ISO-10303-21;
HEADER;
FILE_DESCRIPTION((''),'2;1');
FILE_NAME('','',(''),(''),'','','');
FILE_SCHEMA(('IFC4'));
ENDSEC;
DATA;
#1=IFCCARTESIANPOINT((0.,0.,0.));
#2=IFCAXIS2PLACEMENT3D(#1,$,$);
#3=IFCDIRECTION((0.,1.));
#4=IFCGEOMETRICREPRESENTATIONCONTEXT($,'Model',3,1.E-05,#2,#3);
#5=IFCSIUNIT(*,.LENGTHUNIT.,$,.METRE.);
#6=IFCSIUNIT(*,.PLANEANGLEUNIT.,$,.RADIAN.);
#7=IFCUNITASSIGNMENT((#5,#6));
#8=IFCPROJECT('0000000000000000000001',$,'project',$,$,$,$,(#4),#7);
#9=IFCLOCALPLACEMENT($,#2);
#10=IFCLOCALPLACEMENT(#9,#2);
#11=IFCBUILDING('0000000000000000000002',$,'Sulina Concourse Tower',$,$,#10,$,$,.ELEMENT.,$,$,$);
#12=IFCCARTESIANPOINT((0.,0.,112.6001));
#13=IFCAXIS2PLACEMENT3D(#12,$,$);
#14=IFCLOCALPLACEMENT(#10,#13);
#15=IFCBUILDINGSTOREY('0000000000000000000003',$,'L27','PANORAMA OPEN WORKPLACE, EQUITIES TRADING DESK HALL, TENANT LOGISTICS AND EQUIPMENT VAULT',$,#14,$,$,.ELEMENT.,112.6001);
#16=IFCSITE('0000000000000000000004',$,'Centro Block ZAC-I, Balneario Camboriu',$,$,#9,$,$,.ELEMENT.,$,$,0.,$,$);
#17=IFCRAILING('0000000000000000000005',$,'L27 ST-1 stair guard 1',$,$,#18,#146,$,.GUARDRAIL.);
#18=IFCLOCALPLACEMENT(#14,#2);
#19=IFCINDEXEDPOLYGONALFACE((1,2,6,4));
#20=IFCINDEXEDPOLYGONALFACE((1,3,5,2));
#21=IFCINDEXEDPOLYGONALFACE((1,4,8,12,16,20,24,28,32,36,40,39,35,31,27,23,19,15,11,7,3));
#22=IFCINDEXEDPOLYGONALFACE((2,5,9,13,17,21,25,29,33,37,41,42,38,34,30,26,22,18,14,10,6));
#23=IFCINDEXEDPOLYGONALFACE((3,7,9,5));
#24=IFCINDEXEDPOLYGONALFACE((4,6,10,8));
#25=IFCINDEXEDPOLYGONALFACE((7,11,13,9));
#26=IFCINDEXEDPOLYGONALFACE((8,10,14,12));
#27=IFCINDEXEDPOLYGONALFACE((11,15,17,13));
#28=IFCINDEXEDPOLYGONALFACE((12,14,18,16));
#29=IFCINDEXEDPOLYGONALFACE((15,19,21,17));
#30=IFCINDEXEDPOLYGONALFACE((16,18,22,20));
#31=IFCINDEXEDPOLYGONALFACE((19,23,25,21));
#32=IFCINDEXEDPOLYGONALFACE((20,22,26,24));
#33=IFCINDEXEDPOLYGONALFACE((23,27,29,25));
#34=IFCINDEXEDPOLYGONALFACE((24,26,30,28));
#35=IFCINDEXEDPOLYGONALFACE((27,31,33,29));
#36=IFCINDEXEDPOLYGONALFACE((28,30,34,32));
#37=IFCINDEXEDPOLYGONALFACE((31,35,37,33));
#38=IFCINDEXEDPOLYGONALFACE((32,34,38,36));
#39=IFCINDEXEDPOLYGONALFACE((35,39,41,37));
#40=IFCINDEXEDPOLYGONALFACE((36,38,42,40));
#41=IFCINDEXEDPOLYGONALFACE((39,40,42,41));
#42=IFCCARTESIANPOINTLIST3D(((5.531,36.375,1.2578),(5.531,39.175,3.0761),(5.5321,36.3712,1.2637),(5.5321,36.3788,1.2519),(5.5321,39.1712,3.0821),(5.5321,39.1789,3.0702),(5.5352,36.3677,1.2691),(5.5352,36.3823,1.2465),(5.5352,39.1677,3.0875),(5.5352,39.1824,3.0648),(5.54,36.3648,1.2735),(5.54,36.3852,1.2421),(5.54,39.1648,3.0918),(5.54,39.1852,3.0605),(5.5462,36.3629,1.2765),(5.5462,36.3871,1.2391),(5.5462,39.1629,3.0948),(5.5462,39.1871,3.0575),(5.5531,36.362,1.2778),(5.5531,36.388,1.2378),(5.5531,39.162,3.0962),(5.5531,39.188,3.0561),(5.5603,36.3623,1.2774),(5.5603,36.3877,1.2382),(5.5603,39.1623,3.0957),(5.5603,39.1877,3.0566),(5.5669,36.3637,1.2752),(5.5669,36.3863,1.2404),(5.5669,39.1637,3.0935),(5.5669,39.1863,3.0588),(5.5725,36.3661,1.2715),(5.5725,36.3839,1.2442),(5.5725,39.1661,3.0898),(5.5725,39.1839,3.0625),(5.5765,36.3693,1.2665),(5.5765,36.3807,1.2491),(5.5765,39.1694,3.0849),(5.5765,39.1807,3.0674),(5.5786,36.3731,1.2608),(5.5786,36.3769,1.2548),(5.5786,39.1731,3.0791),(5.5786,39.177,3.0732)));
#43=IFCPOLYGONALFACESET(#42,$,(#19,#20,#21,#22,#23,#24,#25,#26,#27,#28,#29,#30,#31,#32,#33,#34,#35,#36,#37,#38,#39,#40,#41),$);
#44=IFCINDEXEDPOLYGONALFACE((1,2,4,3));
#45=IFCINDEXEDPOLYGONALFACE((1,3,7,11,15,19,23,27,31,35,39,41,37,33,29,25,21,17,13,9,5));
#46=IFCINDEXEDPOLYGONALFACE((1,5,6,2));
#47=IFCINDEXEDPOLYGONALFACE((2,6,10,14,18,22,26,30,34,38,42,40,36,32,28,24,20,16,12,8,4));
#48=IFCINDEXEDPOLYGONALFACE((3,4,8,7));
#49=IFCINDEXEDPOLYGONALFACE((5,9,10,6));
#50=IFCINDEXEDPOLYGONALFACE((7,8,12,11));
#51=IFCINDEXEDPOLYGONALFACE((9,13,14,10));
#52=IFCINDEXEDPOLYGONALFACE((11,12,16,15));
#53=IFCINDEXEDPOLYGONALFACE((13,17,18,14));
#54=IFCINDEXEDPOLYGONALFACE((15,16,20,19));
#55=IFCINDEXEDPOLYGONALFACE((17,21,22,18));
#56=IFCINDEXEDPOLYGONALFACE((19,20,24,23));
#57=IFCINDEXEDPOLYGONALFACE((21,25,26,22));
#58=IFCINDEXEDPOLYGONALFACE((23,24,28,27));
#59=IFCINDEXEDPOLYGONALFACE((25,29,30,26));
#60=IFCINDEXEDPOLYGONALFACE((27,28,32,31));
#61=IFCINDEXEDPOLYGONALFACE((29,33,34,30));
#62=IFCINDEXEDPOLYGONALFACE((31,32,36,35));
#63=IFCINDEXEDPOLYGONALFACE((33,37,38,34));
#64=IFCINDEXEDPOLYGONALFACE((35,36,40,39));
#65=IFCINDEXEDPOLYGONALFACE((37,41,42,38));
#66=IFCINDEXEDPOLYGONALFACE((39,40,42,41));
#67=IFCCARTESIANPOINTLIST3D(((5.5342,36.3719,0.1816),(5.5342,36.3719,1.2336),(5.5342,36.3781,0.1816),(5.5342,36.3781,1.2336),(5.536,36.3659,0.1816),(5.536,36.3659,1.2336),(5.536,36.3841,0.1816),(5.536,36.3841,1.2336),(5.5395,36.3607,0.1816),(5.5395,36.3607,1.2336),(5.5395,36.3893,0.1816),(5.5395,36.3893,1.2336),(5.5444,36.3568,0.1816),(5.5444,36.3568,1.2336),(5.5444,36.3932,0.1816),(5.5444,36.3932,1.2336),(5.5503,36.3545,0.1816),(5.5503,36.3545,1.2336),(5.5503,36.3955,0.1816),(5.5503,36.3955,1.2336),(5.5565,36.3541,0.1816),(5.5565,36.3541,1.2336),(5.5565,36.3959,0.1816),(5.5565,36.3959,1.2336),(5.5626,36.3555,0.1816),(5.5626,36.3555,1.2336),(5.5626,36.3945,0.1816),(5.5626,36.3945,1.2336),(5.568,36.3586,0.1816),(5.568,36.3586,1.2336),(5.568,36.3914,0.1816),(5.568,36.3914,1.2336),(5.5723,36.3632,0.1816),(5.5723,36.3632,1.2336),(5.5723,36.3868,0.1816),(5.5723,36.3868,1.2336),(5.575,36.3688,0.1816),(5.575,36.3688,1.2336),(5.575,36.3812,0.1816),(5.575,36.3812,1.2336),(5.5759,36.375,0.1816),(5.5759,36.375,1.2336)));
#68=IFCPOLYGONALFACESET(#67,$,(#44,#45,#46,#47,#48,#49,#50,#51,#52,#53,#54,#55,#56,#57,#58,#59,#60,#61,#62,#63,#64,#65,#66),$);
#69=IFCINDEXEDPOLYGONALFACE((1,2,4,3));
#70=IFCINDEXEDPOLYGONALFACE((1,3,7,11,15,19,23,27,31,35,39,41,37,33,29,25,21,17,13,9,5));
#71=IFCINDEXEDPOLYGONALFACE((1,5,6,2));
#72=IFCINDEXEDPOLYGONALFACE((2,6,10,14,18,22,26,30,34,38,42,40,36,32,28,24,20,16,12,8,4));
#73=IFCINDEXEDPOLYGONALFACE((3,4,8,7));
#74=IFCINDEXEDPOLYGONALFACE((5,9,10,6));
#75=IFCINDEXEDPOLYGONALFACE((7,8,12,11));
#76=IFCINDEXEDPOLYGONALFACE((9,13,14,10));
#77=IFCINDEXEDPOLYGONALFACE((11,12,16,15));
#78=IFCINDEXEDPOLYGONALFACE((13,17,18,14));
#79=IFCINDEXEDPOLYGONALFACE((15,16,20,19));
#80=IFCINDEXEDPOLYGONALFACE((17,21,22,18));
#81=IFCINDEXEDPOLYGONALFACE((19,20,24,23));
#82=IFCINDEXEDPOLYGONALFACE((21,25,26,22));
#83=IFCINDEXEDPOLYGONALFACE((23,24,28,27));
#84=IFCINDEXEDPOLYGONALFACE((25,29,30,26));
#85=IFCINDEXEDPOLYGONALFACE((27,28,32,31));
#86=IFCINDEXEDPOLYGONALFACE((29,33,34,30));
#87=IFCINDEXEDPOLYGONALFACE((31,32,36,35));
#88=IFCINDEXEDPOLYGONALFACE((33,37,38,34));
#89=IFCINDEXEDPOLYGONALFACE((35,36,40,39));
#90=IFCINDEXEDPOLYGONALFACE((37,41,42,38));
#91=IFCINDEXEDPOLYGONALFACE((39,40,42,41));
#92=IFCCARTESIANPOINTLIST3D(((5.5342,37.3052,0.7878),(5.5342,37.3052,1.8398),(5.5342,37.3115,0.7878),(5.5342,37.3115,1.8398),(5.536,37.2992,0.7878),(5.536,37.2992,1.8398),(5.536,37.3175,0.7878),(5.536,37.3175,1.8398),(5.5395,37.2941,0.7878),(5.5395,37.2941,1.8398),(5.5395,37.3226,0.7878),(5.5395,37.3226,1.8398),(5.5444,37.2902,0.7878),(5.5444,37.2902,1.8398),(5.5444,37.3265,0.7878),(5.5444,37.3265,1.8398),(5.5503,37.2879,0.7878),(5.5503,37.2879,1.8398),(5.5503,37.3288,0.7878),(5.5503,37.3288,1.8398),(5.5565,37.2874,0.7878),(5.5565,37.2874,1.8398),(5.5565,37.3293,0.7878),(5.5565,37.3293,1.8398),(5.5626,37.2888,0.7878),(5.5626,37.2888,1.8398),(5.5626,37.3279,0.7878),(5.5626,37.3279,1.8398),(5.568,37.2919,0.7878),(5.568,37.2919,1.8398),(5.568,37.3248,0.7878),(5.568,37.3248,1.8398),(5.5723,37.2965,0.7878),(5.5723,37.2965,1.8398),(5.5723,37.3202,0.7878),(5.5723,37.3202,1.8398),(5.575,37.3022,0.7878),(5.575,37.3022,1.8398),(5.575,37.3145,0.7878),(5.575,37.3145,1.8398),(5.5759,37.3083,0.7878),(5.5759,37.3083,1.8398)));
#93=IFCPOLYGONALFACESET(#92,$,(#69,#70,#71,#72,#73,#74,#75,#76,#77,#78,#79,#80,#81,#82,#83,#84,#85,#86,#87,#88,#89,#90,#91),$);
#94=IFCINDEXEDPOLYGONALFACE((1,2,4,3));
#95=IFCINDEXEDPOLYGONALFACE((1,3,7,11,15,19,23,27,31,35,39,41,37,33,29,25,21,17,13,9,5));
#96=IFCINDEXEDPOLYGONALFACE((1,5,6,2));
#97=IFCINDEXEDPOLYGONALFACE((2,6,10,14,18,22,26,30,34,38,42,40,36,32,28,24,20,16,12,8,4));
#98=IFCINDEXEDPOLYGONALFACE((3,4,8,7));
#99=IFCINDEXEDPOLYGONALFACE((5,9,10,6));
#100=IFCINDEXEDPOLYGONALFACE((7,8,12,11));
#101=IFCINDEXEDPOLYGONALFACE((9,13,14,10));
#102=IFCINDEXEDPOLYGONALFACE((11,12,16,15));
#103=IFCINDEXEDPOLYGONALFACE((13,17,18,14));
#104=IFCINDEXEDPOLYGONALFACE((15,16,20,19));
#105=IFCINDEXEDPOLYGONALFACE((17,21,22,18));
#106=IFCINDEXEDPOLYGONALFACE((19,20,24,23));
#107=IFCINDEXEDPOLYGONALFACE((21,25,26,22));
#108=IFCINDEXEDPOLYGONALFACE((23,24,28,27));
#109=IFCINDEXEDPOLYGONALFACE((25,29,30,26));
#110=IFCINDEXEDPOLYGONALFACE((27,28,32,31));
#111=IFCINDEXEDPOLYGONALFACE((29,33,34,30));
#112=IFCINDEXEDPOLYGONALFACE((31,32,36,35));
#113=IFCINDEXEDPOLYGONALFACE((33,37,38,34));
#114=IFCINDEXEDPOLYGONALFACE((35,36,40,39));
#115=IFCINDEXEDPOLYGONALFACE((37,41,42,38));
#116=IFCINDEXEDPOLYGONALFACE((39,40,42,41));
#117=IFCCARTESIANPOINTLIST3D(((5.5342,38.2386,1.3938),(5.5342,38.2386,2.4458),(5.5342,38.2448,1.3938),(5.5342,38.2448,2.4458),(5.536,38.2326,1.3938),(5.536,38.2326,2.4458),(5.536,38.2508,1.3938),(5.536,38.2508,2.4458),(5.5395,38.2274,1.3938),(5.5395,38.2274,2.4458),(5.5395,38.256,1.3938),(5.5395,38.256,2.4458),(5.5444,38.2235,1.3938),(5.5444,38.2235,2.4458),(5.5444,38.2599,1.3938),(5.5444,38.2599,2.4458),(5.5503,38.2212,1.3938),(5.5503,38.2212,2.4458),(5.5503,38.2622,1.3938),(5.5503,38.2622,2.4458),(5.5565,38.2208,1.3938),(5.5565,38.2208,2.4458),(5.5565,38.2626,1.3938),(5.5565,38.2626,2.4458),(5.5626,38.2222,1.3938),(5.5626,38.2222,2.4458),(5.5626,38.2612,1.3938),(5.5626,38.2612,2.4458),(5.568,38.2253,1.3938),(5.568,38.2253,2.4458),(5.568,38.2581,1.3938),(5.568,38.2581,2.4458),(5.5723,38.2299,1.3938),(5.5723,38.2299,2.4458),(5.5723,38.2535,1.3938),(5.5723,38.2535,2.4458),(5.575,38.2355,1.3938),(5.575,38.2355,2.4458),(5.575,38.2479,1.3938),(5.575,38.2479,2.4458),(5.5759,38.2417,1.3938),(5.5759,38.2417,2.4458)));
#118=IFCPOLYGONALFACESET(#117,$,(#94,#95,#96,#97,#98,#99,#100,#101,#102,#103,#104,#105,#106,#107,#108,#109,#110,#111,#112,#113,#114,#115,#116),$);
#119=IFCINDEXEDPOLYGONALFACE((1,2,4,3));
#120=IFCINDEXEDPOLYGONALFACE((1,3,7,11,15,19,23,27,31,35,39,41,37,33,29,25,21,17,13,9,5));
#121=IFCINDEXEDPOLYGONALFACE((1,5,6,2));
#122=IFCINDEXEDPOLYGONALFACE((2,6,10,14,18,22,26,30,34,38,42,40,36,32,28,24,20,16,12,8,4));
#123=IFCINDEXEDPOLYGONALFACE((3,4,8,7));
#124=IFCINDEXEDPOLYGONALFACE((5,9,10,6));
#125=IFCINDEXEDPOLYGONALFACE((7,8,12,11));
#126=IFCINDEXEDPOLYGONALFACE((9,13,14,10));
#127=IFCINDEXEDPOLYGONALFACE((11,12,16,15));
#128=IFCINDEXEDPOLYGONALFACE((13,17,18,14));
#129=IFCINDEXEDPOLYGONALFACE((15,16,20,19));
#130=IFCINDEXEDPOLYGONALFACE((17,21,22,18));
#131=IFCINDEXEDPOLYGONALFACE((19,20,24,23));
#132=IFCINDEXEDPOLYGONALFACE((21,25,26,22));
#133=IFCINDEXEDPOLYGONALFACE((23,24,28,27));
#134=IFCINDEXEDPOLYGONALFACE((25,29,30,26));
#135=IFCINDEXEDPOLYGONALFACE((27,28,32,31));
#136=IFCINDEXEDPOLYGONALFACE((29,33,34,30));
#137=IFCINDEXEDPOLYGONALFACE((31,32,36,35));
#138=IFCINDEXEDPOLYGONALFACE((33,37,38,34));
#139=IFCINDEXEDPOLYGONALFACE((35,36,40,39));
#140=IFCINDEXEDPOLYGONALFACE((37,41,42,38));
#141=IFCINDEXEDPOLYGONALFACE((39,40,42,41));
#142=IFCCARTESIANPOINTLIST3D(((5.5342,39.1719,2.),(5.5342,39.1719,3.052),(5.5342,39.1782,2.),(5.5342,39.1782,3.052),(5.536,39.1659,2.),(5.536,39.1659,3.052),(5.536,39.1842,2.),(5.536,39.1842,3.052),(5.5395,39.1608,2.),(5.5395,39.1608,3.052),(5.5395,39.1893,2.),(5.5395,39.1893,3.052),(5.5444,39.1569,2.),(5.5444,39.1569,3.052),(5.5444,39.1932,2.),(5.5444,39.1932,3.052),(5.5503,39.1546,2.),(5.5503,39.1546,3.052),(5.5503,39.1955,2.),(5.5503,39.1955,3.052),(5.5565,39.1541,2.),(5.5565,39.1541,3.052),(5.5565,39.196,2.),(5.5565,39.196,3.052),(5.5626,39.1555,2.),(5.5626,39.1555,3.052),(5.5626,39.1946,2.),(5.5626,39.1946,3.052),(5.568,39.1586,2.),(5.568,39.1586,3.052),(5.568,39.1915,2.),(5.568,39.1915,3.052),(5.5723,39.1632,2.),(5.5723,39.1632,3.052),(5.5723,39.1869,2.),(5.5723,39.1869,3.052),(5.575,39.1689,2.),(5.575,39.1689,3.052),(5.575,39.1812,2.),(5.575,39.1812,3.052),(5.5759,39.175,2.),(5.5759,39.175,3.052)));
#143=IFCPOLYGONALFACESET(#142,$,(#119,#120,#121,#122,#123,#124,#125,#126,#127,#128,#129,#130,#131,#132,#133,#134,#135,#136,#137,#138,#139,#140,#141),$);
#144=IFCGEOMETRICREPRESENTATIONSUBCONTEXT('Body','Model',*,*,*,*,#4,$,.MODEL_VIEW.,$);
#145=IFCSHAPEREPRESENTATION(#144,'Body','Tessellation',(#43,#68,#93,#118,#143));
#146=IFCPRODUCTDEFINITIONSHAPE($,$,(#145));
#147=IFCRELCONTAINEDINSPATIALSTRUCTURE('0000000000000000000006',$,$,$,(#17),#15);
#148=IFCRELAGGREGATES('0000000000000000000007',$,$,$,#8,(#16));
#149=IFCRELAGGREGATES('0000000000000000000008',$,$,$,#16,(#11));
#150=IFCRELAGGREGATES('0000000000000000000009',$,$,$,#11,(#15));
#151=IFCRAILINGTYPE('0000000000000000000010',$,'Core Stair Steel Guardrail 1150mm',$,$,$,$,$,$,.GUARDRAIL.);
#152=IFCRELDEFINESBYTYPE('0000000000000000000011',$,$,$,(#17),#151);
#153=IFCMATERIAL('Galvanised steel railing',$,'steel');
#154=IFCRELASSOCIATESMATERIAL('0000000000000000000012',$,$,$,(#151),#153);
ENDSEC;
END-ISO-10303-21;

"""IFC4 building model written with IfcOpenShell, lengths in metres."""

from ifc_helpers import new_model, si_unit, direction, frame, origin, origin_2d, place, context, subcontext, project, spatial, circle, extrude, material, type_object, element, save


model = new_model("IFC4")

# Units and contexts
model_context = context("Model", 3, precision=1e-05, world=origin(), true_north=direction((0.0, 1.0)))
body_context = subcontext(model_context, "Body", "Model", "MODEL_VIEW")
ifc_project = project(units=[si_unit("LENGTHUNIT", "METRE"), si_unit("PLANEANGLEUNIT", "RADIAN")], contexts=[model_context])

# Site, building, storey
site_placement = place(None, origin())
site = spatial("IfcSite", under=ifc_project, at=site_placement, Name="Centro Block ZAC-I, Balneario Camboriu", CompositionType="ELEMENT", RefElevation=0.0)
building_placement = place(site_placement, origin())
building = spatial("IfcBuilding", under=site, at=building_placement, Name="Sulina Concourse Tower", CompositionType="ELEMENT")
storey_placement = place(building_placement, frame((0.0, 0.0, 112.6001)))
storey = spatial("IfcBuildingStorey", under=building, at=storey_placement, Name="L27", Description="PANORAMA OPEN WORKPLACE, EQUITIES TRADING DESK HALL, TENANT LOGISTICS AND EQUIPMENT VAULT", CompositionType="ELEMENT", Elevation=112.6001)

# Railing
ifc_material_1 = material(Name="Galvanised steel railing", Category="steel")
railing_type_1 = type_object("IfcRailingType", Name="Core Stair Steel Guardrail 1150mm", PredefinedType="GUARDRAIL", material=ifc_material_1)
railing_1_placement = place(storey_placement, frame((5.5549, 36.375, 0.1816)))
element("IfcRailing", 1, at=railing_1_placement, inside=storey, type_object=railing_type_1, Name="L27 ST-1 stair guard 1", PredefinedType="GUARDRAIL", context=body_context, shape_type="SweptSolid", body=[
    extrude(circle(Radius=0.0239, at=origin_2d()), frame((0.0, 0.0, 1.0762), z_axis=(0.0, 0.838672, 0.544636), x_axis=(-1.0, 0.0, 0.0)), (0.0, 0.0, 1.0), 3.3386),
    extrude(circle(Radius=0.021, at=origin_2d()), origin(), (0.0, 0.0, 1.0), 1.052),
    extrude(circle(Radius=0.021, at=origin_2d()), frame((0.0, 0.9333, 0.6062)), (0.0, 0.0, 1.0), 1.052),
    extrude(circle(Radius=0.021, at=origin_2d()), frame((0.0, 1.8667, 1.2122)), (0.0, 0.0, 1.0), 1.052),
    extrude(circle(Radius=0.021, at=origin_2d()), frame((0.0, 2.8, 1.8184)), (0.0, 0.0, 1.0), 1.052),
])

save(model, "model.ifc")
